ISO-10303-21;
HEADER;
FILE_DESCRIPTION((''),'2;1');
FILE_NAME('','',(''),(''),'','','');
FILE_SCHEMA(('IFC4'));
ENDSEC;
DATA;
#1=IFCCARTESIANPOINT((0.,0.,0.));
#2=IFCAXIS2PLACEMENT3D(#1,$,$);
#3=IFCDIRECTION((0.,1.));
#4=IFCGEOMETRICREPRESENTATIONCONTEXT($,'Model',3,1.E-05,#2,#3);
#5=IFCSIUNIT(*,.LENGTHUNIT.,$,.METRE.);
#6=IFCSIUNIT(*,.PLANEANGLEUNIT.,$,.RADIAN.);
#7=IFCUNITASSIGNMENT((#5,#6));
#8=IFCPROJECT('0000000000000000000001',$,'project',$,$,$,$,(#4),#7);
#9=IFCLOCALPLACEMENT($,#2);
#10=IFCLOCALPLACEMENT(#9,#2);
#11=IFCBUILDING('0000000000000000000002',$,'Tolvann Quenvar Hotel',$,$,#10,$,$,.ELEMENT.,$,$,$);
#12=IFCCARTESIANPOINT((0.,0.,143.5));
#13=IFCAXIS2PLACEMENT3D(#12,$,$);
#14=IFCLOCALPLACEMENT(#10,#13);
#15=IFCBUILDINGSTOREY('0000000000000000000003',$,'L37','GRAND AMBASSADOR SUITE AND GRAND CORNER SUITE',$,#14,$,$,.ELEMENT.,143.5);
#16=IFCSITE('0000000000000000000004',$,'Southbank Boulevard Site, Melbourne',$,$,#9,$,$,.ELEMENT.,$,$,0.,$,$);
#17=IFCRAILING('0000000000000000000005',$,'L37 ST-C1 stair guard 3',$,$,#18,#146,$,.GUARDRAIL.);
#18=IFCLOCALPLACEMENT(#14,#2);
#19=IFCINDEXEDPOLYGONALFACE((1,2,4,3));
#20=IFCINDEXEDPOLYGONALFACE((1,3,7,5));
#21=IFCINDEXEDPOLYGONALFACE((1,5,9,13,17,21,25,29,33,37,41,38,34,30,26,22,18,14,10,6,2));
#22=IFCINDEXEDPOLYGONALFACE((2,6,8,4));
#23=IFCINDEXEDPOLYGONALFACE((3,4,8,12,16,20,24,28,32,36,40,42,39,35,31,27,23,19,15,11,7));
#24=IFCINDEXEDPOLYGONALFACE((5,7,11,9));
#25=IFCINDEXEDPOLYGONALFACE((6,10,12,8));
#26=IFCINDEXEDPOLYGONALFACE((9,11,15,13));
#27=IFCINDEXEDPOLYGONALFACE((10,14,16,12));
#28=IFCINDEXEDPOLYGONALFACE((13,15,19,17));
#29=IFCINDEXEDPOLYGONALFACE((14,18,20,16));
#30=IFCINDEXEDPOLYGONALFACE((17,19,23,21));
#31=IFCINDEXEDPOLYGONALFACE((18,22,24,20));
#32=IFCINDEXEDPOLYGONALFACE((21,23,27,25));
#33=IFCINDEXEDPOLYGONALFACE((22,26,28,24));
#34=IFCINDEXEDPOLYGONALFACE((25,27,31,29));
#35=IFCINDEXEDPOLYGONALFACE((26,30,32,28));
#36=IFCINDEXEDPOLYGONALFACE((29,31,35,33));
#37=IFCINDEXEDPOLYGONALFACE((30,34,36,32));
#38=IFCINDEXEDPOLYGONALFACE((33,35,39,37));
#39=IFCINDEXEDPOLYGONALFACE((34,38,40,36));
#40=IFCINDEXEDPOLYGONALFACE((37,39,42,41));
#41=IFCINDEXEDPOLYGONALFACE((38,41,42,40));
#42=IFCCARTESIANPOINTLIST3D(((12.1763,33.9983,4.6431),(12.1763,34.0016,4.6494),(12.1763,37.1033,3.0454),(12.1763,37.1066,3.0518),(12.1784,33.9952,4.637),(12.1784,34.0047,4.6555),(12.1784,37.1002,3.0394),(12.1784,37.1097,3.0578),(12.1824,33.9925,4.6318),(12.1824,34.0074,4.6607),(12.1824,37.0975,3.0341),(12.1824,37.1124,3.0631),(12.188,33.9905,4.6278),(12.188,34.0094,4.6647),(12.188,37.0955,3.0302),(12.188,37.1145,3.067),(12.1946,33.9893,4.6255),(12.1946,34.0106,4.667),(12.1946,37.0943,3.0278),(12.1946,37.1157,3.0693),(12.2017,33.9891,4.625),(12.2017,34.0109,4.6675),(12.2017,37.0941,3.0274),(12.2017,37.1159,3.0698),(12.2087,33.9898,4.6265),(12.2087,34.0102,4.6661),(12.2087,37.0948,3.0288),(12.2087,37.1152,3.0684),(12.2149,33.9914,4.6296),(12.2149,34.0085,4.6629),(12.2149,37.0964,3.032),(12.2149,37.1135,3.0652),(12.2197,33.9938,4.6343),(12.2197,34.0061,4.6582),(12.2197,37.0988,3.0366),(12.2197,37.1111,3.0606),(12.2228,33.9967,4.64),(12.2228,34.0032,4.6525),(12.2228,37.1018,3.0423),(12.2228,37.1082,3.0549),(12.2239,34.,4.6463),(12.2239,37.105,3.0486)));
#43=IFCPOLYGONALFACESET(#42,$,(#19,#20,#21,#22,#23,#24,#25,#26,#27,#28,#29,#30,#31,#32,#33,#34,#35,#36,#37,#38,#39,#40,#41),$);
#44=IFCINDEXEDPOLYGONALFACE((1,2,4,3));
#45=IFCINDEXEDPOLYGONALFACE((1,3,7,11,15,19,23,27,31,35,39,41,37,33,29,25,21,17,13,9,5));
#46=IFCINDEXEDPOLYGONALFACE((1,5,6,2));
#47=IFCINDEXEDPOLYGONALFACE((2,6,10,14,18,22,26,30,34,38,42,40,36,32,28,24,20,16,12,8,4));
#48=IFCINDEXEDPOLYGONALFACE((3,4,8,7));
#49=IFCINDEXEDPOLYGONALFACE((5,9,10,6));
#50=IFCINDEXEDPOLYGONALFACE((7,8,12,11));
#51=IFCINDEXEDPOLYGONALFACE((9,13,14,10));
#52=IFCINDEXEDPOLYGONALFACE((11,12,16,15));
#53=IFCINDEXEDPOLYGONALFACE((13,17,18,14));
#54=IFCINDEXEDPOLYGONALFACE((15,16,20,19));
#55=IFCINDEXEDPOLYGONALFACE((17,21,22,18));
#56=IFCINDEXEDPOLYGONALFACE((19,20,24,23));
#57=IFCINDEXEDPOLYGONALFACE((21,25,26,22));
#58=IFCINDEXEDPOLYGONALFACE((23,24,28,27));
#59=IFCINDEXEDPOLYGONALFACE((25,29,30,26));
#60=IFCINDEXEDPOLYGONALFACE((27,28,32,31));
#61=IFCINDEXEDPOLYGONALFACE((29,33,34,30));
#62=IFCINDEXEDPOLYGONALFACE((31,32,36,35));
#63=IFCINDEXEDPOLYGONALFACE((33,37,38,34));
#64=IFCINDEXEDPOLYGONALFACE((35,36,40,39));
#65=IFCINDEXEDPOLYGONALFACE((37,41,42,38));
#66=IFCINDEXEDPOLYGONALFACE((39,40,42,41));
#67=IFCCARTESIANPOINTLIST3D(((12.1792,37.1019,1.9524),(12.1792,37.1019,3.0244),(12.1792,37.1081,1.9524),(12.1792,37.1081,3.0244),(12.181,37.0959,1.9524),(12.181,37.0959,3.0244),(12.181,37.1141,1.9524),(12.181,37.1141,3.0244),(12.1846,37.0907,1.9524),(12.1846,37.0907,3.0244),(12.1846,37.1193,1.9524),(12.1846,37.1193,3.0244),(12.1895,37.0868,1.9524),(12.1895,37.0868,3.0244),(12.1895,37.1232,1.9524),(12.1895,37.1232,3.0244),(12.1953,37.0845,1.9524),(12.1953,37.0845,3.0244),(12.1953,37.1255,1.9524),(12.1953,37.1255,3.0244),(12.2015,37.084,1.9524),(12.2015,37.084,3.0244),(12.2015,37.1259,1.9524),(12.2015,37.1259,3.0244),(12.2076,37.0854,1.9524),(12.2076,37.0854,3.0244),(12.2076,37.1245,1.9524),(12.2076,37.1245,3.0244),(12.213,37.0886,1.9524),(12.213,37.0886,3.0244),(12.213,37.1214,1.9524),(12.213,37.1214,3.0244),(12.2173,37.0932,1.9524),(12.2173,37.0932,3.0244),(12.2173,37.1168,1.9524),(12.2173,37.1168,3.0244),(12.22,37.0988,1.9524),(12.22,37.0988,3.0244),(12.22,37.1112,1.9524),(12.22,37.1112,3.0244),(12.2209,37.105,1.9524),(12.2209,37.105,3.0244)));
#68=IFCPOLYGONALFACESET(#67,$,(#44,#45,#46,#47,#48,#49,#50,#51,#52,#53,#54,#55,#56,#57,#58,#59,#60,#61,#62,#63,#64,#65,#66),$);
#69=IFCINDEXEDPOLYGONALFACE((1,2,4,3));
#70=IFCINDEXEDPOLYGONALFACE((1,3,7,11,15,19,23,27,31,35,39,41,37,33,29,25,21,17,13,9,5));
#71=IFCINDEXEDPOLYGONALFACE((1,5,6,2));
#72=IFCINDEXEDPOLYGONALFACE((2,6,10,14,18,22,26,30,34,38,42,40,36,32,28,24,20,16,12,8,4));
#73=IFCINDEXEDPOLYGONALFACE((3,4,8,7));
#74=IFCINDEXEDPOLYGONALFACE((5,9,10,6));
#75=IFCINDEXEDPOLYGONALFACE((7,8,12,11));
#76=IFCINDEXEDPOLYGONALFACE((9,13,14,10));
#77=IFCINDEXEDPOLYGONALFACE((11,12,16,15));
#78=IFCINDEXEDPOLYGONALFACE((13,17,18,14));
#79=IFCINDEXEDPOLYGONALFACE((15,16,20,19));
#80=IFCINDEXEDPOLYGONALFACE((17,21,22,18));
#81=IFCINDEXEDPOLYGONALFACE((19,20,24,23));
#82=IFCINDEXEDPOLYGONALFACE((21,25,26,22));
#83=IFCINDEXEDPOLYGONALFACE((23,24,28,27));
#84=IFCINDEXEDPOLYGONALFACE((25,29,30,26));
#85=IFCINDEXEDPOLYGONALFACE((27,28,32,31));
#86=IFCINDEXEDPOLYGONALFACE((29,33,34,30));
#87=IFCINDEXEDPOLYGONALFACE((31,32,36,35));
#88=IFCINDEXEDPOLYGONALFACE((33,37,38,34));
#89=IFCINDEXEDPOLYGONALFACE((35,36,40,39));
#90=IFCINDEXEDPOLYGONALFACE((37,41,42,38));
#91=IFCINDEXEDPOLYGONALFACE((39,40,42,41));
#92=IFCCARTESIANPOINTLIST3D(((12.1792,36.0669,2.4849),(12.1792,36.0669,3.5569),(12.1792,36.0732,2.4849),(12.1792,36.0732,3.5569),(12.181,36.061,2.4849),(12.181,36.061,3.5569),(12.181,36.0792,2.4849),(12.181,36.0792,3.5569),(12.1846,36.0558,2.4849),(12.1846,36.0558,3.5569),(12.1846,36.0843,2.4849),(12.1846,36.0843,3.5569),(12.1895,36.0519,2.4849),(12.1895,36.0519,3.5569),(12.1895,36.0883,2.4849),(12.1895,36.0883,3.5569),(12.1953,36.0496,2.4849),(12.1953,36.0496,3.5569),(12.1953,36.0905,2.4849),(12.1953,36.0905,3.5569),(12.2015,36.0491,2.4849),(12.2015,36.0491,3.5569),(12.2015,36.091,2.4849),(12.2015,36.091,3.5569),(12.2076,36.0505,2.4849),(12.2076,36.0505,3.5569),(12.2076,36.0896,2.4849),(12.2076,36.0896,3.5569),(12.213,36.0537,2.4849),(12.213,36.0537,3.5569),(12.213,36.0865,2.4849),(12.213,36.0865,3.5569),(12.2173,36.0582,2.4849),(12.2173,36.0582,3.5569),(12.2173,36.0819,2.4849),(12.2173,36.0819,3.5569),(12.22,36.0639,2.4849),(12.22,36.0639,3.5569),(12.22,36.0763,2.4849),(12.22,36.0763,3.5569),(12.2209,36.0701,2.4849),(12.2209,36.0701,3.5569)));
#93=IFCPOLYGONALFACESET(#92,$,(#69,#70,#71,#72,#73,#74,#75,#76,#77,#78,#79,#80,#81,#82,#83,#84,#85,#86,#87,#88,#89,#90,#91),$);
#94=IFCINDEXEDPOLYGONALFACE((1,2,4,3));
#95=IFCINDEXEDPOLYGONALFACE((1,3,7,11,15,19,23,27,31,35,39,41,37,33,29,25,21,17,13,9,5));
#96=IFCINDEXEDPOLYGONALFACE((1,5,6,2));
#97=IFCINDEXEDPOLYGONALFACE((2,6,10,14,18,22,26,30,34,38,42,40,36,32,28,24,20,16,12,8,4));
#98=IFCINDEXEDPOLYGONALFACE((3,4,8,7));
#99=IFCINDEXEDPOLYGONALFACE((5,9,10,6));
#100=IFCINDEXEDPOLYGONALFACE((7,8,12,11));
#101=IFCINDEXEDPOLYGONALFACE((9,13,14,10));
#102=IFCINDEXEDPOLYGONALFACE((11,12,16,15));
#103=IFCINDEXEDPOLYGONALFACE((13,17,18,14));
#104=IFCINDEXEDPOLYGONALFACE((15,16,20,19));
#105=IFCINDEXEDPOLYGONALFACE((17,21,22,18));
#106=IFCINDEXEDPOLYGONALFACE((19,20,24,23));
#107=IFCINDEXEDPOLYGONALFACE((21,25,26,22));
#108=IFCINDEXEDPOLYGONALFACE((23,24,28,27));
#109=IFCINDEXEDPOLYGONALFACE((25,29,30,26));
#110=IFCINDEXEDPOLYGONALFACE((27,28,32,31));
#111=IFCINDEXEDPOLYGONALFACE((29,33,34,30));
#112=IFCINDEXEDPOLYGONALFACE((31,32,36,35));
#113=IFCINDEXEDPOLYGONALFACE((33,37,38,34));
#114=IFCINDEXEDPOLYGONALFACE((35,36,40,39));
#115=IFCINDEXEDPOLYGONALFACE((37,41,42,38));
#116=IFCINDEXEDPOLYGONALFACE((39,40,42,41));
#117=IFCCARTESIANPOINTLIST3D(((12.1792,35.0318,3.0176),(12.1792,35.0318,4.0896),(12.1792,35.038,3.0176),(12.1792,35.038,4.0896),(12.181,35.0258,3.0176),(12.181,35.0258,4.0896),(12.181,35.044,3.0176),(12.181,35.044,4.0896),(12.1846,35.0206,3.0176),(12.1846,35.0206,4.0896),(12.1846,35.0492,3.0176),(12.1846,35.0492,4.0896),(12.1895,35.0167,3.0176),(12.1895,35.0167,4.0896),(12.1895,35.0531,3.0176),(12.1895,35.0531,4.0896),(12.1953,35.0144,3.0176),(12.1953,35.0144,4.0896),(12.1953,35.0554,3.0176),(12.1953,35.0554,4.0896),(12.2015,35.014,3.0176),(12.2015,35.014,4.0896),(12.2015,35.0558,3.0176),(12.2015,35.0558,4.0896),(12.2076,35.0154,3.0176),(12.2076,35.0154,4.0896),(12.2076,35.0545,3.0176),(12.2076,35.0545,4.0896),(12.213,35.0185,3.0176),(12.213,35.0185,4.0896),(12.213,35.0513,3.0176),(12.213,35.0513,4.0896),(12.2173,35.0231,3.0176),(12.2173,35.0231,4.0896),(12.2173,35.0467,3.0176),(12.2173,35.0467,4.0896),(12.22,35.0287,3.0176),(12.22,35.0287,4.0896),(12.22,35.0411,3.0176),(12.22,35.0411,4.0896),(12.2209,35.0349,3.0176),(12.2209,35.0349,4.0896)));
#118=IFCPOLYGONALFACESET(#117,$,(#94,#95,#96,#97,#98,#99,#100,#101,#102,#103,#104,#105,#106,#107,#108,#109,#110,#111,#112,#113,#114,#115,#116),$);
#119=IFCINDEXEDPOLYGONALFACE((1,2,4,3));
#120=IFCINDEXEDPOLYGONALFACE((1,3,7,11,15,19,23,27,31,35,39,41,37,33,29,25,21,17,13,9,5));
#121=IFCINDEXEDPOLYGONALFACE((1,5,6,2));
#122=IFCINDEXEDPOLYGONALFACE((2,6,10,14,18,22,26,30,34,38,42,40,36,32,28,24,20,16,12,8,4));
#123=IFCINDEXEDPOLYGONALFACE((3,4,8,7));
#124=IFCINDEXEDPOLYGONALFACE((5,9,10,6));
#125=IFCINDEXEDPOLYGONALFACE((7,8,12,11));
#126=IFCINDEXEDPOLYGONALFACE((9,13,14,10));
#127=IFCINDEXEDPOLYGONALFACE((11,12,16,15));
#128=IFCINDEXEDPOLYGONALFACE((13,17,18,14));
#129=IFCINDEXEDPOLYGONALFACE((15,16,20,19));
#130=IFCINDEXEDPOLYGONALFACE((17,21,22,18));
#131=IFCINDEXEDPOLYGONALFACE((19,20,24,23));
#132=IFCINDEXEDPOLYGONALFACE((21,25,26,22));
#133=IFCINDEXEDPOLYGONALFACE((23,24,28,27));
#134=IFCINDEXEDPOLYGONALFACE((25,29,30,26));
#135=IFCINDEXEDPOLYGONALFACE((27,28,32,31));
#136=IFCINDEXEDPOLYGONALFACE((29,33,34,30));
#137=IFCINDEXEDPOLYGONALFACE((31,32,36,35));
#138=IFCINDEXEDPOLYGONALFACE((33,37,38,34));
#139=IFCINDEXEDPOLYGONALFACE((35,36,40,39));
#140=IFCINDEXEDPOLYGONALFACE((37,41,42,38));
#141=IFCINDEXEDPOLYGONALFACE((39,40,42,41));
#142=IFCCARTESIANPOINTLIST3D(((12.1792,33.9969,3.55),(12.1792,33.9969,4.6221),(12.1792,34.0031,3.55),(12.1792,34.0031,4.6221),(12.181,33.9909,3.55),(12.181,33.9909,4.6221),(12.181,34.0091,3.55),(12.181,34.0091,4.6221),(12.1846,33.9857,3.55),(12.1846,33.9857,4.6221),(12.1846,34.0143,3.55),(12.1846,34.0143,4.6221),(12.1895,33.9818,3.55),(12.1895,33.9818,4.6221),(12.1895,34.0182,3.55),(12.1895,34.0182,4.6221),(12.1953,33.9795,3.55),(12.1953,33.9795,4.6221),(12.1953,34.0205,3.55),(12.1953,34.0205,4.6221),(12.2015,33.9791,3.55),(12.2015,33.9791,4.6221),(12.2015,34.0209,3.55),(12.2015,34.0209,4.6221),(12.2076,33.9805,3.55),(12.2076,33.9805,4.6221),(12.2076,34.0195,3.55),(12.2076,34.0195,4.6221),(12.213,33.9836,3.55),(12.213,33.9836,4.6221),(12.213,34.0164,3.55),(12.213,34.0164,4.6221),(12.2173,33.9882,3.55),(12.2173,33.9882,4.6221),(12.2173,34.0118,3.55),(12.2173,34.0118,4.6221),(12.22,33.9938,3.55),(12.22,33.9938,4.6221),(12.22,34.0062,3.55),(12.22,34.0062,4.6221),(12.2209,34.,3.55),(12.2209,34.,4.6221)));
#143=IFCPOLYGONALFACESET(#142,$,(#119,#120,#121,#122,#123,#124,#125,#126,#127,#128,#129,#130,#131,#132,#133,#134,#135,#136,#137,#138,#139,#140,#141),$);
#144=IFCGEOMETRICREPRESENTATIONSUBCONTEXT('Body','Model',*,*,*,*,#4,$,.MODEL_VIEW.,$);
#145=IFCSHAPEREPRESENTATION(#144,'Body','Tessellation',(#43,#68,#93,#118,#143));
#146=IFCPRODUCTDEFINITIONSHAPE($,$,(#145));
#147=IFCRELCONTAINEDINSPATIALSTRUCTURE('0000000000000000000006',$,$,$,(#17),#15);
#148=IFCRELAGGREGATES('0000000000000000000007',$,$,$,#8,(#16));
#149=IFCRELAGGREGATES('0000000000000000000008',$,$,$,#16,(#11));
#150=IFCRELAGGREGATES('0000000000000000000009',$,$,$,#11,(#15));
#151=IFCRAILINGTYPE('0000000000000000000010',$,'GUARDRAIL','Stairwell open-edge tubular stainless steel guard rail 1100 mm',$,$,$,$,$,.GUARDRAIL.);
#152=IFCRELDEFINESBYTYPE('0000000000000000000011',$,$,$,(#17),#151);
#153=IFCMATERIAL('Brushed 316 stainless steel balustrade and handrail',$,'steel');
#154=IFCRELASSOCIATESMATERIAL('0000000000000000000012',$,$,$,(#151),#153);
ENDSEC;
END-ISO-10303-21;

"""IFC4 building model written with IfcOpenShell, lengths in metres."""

from ifc_helpers import new_model, si_unit, direction, frame, origin, origin_2d, place, context, subcontext, project, spatial, circle, extrude, material, type_object, element, save


model = new_model("IFC4")

# Units and contexts
model_context = context("Model", 3, precision=1e-05, world=origin(), true_north=direction((0.0, 1.0)))
body_context = subcontext(model_context, "Body", "Model", "MODEL_VIEW")
ifc_project = project(units=[si_unit("LENGTHUNIT", "METRE"), si_unit("PLANEANGLEUNIT", "RADIAN")], contexts=[model_context])

# Site, building, storey
site_placement = place(None, origin())
site = spatial("IfcSite", under=ifc_project, at=site_placement, Name="Southbank Boulevard Site, Melbourne", CompositionType="ELEMENT", RefElevation=0.0)
building_placement = place(site_placement, origin())
building = spatial("IfcBuilding", under=site, at=building_placement, Name="Tolvann Quenvar Hotel", CompositionType="ELEMENT")
storey_placement = place(building_placement, frame((0.0, 0.0, 143.5)))
storey = spatial("IfcBuildingStorey", under=building, at=storey_placement, Name="L37", Description="GRAND AMBASSADOR SUITE AND GRAND CORNER SUITE", CompositionType="ELEMENT", Elevation=143.5)

# Railing
ifc_material_1 = material(Name="Brushed 316 stainless steel balustrade and handrail", Category="steel")
railing_type_1 = type_object("IfcRailingType", Name="GUARDRAIL", Description="Stairwell open-edge tubular stainless steel guard rail 1100 mm", PredefinedType="GUARDRAIL", material=ifc_material_1)
railing_1_placement = place(storey_placement, frame((12.2, 37.105, 1.9524)))
element("IfcRailing", 1, at=railing_1_placement, inside=storey, type_object=railing_type_1, Name="L37 ST-C1 stair guard 3", PredefinedType="GUARDRAIL", context=body_context, shape_type="SweptSolid", body=[
    extrude(circle(Radius=0.0239, at=origin_2d()), frame((0.0, 0.0, 1.0962), z_axis=(0.0, -0.889194, 0.457531), x_axis=(1.0, 0.0, 0.0)), (0.0, 0.0, 1.0), 3.4919),
    extrude(circle(Radius=0.021, at=origin_2d()), origin(), (0.0, 0.0, 1.0), 1.072),
    extrude(circle(Radius=0.021, at=origin_2d()), frame((0.0, -1.0349, 0.5325)), (0.0, 0.0, 1.0), 1.072),
    extrude(circle(Radius=0.021, at=origin_2d()), frame((0.0, -2.0701, 1.0652)), (0.0, 0.0, 1.0), 1.072),
    extrude(circle(Radius=0.021, at=origin_2d()), frame((0.0, -3.105, 1.5977)), (0.0, 0.0, 1.0), 1.072),
])

save(model, "model.ifc")
